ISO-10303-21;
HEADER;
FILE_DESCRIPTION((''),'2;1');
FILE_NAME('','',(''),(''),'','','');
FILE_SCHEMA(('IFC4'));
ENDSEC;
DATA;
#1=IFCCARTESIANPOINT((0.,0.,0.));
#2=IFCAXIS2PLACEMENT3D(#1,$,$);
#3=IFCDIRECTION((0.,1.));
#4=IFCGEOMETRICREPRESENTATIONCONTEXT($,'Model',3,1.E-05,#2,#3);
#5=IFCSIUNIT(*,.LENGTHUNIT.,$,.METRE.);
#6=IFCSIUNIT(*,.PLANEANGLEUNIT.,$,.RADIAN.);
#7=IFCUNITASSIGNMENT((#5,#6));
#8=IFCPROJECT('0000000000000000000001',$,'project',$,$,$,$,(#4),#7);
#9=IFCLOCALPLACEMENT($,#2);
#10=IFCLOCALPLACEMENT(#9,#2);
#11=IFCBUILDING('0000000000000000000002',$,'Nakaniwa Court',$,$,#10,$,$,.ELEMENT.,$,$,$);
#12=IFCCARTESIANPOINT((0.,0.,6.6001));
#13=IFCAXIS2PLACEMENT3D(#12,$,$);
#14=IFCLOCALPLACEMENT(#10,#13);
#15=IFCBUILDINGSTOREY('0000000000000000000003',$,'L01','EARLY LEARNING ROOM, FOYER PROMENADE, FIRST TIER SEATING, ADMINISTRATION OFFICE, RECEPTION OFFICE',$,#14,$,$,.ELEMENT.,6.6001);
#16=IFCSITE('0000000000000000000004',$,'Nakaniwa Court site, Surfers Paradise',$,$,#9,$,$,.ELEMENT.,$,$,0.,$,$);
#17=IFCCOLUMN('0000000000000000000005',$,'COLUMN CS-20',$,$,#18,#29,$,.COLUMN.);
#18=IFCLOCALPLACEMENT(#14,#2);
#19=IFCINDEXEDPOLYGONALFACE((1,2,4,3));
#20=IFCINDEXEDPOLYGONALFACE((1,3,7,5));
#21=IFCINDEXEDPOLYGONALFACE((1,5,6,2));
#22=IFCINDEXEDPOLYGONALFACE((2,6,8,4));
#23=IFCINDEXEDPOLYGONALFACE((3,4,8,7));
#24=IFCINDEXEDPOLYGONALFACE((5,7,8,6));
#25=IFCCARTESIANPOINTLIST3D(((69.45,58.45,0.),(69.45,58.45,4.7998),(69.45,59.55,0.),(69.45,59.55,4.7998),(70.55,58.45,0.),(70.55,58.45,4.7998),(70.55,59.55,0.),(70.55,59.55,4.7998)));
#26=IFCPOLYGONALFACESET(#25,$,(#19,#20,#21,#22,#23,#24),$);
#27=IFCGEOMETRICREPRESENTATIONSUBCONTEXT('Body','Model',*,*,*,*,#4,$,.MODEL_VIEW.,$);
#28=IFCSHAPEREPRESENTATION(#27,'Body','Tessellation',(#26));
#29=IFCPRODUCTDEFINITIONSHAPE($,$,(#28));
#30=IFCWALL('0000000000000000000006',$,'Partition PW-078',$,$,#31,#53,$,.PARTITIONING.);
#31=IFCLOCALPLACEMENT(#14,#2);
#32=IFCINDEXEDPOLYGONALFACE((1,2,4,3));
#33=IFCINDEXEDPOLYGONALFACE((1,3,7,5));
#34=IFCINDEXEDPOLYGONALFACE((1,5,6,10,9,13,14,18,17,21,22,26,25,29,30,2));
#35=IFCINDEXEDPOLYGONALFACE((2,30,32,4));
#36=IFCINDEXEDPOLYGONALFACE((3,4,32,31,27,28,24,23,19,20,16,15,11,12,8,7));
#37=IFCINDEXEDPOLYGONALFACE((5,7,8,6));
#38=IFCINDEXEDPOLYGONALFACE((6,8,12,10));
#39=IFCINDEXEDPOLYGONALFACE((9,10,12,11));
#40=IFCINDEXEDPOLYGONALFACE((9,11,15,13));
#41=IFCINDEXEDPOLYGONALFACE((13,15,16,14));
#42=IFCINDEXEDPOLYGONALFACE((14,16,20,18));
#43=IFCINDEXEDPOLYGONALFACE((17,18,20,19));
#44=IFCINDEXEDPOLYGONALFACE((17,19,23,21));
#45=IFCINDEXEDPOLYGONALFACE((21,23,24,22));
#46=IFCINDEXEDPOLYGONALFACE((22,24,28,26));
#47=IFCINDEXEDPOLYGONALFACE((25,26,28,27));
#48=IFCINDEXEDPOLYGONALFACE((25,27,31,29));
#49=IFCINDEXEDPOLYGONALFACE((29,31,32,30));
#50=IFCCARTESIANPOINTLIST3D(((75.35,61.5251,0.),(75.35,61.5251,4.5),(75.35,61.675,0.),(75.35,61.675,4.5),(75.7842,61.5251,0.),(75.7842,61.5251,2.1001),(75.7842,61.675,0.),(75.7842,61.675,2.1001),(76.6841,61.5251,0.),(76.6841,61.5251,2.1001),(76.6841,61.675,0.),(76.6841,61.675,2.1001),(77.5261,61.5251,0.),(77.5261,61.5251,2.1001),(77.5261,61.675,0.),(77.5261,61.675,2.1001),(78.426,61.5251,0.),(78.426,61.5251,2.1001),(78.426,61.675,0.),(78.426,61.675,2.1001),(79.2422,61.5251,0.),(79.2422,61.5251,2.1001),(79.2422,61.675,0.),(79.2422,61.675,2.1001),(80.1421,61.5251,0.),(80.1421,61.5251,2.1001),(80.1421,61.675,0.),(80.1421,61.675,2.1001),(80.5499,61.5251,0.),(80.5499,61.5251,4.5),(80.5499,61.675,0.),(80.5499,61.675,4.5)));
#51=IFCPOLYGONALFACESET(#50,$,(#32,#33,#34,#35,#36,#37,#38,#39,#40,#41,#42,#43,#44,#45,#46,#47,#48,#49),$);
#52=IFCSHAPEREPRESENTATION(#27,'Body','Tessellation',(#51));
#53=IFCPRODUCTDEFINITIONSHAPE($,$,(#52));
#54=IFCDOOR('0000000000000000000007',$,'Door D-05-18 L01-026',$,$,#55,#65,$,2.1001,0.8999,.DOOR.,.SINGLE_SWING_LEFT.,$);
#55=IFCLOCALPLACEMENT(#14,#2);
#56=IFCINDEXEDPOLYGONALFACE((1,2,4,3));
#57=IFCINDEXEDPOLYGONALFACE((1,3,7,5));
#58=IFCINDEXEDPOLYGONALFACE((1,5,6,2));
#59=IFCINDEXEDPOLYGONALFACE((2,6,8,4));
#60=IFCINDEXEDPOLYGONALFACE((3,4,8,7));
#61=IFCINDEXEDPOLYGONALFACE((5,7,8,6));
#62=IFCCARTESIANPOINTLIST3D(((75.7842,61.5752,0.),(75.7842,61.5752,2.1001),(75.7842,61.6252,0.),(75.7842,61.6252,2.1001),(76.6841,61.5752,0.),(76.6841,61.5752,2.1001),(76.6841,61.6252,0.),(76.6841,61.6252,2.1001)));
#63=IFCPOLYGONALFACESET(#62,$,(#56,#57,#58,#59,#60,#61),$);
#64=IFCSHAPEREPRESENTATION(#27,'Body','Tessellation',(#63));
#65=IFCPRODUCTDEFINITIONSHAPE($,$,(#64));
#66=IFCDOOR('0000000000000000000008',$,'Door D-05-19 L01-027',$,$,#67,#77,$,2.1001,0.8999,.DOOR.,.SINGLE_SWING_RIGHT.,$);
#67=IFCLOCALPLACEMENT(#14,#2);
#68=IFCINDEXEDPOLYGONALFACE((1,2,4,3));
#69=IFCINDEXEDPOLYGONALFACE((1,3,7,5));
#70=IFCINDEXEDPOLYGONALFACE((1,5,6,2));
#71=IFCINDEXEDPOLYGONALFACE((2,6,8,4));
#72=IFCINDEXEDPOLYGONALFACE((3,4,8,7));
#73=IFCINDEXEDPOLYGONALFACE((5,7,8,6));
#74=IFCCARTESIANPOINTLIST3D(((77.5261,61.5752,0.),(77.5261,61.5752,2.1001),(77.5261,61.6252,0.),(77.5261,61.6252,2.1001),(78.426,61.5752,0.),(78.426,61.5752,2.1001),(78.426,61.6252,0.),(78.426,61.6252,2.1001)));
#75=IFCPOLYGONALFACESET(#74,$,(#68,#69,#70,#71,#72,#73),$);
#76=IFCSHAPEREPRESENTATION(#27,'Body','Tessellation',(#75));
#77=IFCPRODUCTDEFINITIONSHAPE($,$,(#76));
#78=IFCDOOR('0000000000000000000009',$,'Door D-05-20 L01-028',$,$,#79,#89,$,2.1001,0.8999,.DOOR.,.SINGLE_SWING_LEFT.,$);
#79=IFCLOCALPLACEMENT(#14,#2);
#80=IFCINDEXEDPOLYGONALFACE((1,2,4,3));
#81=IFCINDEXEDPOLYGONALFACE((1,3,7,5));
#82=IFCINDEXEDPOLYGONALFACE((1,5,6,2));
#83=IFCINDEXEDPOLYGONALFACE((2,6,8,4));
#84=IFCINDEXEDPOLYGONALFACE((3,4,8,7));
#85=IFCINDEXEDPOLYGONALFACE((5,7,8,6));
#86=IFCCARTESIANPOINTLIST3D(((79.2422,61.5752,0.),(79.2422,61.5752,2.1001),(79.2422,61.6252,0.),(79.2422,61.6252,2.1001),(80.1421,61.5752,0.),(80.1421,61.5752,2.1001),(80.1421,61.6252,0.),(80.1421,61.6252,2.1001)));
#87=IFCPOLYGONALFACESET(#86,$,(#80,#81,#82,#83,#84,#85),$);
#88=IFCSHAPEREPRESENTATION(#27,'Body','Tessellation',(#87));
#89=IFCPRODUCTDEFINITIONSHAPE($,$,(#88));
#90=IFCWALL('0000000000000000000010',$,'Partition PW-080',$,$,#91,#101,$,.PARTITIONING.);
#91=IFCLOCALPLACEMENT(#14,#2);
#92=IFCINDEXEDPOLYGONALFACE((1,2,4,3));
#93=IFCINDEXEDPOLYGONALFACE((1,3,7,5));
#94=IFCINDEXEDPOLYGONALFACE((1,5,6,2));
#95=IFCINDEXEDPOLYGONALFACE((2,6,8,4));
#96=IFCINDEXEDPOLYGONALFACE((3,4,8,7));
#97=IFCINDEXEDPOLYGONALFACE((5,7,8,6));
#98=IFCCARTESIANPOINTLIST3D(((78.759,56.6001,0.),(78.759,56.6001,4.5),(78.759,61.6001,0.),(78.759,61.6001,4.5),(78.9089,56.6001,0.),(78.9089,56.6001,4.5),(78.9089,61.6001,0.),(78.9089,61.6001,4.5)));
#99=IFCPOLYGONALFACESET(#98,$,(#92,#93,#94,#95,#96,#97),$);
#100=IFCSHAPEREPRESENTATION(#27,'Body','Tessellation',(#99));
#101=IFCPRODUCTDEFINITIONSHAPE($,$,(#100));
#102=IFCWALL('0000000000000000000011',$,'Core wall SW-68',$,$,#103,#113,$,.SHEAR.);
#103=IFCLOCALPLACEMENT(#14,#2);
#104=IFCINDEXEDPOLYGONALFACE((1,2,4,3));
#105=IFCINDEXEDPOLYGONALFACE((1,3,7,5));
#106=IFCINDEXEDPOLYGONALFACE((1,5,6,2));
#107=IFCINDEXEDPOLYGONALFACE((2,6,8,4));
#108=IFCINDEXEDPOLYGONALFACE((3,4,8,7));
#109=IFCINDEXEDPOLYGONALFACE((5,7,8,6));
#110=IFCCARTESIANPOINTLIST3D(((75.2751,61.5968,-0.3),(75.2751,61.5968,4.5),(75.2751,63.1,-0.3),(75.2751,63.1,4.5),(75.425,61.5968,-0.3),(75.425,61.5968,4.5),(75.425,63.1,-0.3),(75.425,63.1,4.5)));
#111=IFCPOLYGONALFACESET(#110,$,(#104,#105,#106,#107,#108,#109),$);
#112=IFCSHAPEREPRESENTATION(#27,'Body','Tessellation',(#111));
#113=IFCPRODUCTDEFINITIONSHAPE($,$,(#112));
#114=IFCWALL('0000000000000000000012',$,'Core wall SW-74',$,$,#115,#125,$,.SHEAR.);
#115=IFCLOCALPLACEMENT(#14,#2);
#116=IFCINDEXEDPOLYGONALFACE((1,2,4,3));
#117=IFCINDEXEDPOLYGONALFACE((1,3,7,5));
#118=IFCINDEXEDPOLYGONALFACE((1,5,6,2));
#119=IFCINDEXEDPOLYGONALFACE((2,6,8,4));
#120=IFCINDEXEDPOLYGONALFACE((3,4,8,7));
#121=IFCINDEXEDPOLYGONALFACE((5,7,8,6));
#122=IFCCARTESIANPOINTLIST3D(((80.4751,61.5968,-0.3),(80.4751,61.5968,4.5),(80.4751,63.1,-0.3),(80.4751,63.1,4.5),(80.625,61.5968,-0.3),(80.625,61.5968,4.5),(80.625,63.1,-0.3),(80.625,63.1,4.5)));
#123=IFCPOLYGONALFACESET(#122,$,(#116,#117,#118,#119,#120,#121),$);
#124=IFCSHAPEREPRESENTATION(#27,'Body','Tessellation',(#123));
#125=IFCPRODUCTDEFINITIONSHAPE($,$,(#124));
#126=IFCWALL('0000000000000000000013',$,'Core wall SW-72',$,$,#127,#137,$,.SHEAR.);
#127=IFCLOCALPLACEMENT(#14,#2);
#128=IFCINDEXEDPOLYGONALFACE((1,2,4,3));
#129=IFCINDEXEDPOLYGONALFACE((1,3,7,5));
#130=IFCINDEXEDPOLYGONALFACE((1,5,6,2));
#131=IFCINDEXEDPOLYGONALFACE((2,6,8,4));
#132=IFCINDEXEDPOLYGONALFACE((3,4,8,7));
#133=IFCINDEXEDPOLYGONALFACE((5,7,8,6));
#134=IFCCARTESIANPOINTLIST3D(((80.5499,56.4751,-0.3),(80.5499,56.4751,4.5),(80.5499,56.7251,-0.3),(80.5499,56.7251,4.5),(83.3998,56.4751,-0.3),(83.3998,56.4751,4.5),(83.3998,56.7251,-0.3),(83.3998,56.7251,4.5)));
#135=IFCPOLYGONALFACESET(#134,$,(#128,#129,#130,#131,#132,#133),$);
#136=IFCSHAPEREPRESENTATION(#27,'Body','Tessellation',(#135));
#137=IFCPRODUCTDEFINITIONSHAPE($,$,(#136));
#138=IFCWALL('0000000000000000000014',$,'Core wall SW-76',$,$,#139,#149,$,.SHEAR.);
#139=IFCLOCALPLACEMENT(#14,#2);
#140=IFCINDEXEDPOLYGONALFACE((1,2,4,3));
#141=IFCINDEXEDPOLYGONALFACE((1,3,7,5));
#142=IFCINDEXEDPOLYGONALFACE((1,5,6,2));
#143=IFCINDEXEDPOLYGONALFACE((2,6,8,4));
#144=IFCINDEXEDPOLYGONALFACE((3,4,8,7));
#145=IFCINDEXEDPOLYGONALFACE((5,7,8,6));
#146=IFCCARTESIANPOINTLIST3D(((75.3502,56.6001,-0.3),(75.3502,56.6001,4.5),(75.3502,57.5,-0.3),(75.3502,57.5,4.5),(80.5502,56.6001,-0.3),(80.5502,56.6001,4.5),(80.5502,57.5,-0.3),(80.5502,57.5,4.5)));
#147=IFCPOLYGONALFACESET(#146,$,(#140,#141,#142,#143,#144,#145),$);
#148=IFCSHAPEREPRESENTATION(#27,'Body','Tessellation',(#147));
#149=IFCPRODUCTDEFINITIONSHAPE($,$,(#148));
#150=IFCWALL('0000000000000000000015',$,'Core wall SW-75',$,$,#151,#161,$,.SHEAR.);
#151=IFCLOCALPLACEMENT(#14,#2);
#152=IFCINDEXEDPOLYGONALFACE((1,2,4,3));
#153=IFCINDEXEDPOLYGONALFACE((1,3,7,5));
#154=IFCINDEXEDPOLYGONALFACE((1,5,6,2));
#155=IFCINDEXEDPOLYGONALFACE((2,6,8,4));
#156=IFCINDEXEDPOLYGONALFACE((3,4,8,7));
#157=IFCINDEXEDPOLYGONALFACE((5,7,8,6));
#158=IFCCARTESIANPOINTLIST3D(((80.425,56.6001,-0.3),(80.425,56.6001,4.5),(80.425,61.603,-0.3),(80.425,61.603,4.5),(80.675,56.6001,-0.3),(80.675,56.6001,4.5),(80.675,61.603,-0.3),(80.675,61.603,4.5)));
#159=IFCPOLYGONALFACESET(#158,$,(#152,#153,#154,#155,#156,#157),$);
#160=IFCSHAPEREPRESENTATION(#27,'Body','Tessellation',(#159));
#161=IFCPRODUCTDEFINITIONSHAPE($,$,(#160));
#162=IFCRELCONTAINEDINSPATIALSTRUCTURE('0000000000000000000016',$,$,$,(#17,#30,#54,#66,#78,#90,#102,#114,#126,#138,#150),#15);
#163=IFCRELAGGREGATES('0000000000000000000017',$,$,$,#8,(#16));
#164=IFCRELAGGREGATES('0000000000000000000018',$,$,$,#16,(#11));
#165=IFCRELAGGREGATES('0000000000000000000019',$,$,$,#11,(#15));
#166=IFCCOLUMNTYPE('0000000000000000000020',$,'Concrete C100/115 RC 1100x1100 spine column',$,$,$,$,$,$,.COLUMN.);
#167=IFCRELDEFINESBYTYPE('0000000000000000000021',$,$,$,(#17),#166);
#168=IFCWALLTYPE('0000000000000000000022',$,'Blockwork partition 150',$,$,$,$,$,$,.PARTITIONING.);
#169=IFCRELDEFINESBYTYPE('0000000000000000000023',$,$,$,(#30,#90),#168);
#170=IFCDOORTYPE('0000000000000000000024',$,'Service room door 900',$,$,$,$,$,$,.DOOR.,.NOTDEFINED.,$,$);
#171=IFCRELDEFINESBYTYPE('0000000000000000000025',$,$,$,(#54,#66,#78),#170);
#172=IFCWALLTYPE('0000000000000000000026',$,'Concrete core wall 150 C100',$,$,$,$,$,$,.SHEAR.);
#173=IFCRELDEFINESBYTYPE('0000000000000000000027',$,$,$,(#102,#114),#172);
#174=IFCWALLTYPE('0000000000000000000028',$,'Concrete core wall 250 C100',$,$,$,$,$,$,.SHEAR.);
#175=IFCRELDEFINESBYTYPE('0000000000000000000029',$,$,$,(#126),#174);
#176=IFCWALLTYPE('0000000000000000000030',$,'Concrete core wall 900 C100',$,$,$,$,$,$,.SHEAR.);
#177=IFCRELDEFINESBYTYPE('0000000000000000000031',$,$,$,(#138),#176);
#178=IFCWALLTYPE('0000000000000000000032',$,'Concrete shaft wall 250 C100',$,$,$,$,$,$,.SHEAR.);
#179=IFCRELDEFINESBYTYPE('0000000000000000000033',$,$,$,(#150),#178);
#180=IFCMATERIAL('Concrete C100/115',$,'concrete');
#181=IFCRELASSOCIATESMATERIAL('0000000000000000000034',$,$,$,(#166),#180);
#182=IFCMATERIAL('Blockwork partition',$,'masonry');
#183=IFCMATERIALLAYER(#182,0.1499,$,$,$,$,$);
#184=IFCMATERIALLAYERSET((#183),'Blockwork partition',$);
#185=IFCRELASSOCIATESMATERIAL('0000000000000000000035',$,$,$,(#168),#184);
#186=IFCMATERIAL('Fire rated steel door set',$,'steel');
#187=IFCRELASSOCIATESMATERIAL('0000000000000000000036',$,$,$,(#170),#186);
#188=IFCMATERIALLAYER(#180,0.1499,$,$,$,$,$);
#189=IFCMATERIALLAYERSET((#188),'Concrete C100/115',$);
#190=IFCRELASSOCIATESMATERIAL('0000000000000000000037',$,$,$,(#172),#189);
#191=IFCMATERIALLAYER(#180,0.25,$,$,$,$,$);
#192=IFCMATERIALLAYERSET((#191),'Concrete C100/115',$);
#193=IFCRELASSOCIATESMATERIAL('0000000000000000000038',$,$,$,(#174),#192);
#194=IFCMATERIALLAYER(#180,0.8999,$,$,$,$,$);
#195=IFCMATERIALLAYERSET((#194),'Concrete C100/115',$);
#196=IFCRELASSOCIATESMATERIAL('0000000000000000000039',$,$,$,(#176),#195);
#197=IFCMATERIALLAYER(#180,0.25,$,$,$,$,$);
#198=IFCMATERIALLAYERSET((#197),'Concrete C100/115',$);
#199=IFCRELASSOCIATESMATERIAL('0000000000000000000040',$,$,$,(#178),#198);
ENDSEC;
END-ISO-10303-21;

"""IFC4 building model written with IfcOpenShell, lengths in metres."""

from ifc_helpers import new_model, si_unit, direction, frame, frame_2d, origin, origin_2d, place, context, subcontext, project, spatial, rectangle, extrude, material, layer, layer_set, material_profile, profile_set, type_object, element, fill, save


model = new_model("IFC4")

# Units and contexts
model_context = context("Model", 3, precision=1e-05, world=origin(), true_north=direction((0.0, 1.0)))
body_context = subcontext(model_context, "Body", "Model", "MODEL_VIEW")
ifc_project = project(units=[si_unit("LENGTHUNIT", "METRE"), si_unit("PLANEANGLEUNIT", "RADIAN")], contexts=[model_context])

# Site, building, storey
site_placement = place(None, origin())
site = spatial("IfcSite", under=ifc_project, at=site_placement, Name="Nakaniwa Court site, Surfers Paradise", CompositionType="ELEMENT", RefElevation=0.0)
building_placement = place(site_placement, origin())
building = spatial("IfcBuilding", under=site, at=building_placement, Name="Nakaniwa Court", CompositionType="ELEMENT")
storey_placement = place(building_placement, frame((0.0, 0.0, 6.6001)))
storey = spatial("IfcBuildingStorey", under=building, at=storey_placement, Name="L01", Description="EARLY LEARNING ROOM, FOYER PROMENADE, FIRST TIER SEATING, ADMINISTRATION OFFICE, RECEPTION OFFICE", CompositionType="ELEMENT", Elevation=6.6001)

# Column
ifc_material_1 = material(Name="Concrete C100/115", Category="concrete")
ifc_material_profile = material_profile(ifc_material_1, rectangle(XDim=1.1001, YDim=1.1001, at=origin_2d()), Name="Concrete C100/115 RC 1100x1100 spine column")
ifc_profile_set = profile_set([ifc_material_profile], Name="Concrete C100/115")
column_type = type_object("IfcColumnType", Name="Concrete C100/115 RC 1100x1100 spine column", PredefinedType="COLUMN", material=ifc_profile_set)
column_placement = place(storey_placement, frame((70.0, 59.0, 0.0), z_axis=(0.0, 0.0, 1.0), x_axis=(0.0, -1.0, 0.0)))
element("IfcColumn", 1, at=column_placement, inside=storey, type_object=column_type, Name="COLUMN CS-20", PredefinedType="COLUMN", context=body_context, shape_type="SweptSolid", body=[
    extrude(rectangle(XDim=1.1001, YDim=1.1001, at=origin_2d()), origin(), (0.0, 0.0, 1.0), 4.7998),
])

# Wall, openings, doors
ifc_material_2 = material(Name="Blockwork partition", Category="masonry")
ifc_layer_1 = layer(ifc_material_2, 0.1499)
ifc_layer_set_1 = layer_set([ifc_layer_1], Name="Blockwork partition")
wall_type_1 = type_object("IfcWallType", Name="Blockwork partition 150", PredefinedType="PARTITIONING", material=ifc_layer_set_1)
wall_1_placement = place(storey_placement, frame((80.55, 61.6001, 0.0), z_axis=(0.0, 0.0, 1.0), x_axis=(-1.0, 0.0, 0.0)))
wall_1 = element("IfcWall", 2, at=wall_1_placement, inside=storey, type_object=wall_type_1, Name="Partition PW-078", PredefinedType="PARTITIONING", context=body_context, shape_type="SweptSolid", body=[
    extrude(rectangle(XDim=5.2, YDim=0.1499, at=frame_2d((2.6001, 0.0))), origin(), (0.0, 0.0, 1.0), 4.5),
])
opening_1_placement = place(wall_1_placement, frame((3.866, 0.0, 0.0)))
opening_1 = element("IfcOpeningElement", 3, at=opening_1_placement, cuts=wall_1, PredefinedType="OPENING", context=body_context, shape_type="SweptSolid", body=[
    extrude(rectangle(XDim=0.8999, YDim=2.1001, at=frame_2d((0.45, 1.05))), frame((0.0, 0.085, 0.0), z_axis=(0.0, -1.0, 0.0), x_axis=(1.0, 0.0, 0.0)), (0.0, 0.0, 1.0), 0.1699),
])
opening_2_placement = place(wall_1_placement, frame((2.124, 0.0, 0.0)))
opening_2 = element("IfcOpeningElement", 4, at=opening_2_placement, cuts=wall_1, PredefinedType="OPENING", context=body_context, shape_type="SweptSolid", body=[
    extrude(rectangle(XDim=0.8999, YDim=2.1001, at=frame_2d((0.45, 1.05))), frame((0.0, 0.085, 0.0), z_axis=(0.0, -1.0, 0.0), x_axis=(1.0, 0.0, 0.0)), (0.0, 0.0, 1.0), 0.1699),
])
opening_3_placement = place(wall_1_placement, frame((0.408, 0.0, 0.0)))
opening_3 = element("IfcOpeningElement", 5, at=opening_3_placement, cuts=wall_1, PredefinedType="OPENING", context=body_context, shape_type="SweptSolid", body=[
    extrude(rectangle(XDim=0.8999, YDim=2.1001, at=frame_2d((0.45, 1.05))), frame((0.0, 0.085, 0.0), z_axis=(0.0, -1.0, 0.0), x_axis=(1.0, 0.0, 0.0)), (0.0, 0.0, 1.0), 0.1699),
])
ifc_material_3 = material(Name="Fire rated steel door set", Category="steel")
door_type = type_object("IfcDoorType", Name="Service room door 900", OperationType="NOTDEFINED", PredefinedType="DOOR", material=ifc_material_3)
door_1_placement = place(opening_1_placement, origin())
door_1 = element("IfcDoor", 6, at=door_1_placement, inside=storey, type_object=door_type, Name="Door D-05-18 L01-026", OperationType="SINGLE_SWING_LEFT", OverallHeight=2.1001, OverallWidth=0.8999, PredefinedType="DOOR", context=body_context, shape_type="SweptSolid", body=[
    extrude(rectangle(XDim=0.8999, YDim=2.1001, at=frame_2d((0.45, 1.05))), frame((0.0, 0.0249, 0.0), z_axis=(0.0, -1.0, 0.0), x_axis=(1.0, 0.0, 0.0)), (0.0, 0.0, 1.0), 0.05),
])
fill(opening_1, door_1)
door_2_placement = place(opening_2_placement, origin())
door_2 = element("IfcDoor", 7, at=door_2_placement, inside=storey, type_object=door_type, Name="Door D-05-19 L01-027", OperationType="SINGLE_SWING_RIGHT", OverallHeight=2.1001, OverallWidth=0.8999, PredefinedType="DOOR", context=body_context, shape_type="SweptSolid", body=[
    extrude(rectangle(XDim=0.8999, YDim=2.1001, at=frame_2d((0.45, 1.05))), frame((0.0, 0.0249, 0.0), z_axis=(0.0, -1.0, 0.0), x_axis=(1.0, 0.0, 0.0)), (0.0, 0.0, 1.0), 0.05),
])
fill(opening_2, door_2)
door_3_placement = place(opening_3_placement, origin())
door_3 = element("IfcDoor", 8, at=door_3_placement, inside=storey, type_object=door_type, Name="Door D-05-20 L01-028", OperationType="SINGLE_SWING_LEFT", OverallHeight=2.1001, OverallWidth=0.8999, PredefinedType="DOOR", context=body_context, shape_type="SweptSolid", body=[
    extrude(rectangle(XDim=0.8999, YDim=2.1001, at=frame_2d((0.45, 1.05))), frame((0.0, 0.0249, 0.0), z_axis=(0.0, -1.0, 0.0), x_axis=(1.0, 0.0, 0.0)), (0.0, 0.0, 1.0), 0.05),
])
fill(opening_3, door_3)

# Walls
wall_2_placement = place(storey_placement, frame((78.834, 56.6001, 0.0), z_axis=(0.0, 0.0, 1.0), x_axis=(0.0, 1.0, 0.0)))
element("IfcWall", 9, at=wall_2_placement, inside=storey, type_object=wall_type_1, Name="Partition PW-080", PredefinedType="PARTITIONING", context=body_context, shape_type="SweptSolid", body=[
    extrude(rectangle(XDim=5.0, YDim=0.1499, at=frame_2d((2.5, 0.0))), origin(), (0.0, 0.0, 1.0), 4.5),
])
ifc_layer_2 = layer(ifc_material_1, 0.1499)
ifc_layer_set_2 = layer_set([ifc_layer_2], Name="Concrete C100/115")
wall_type_2 = type_object("IfcWallType", Name="Concrete core wall 150 C100", PredefinedType="SHEAR", material=ifc_layer_set_2)
for number, where, z_axis, x_axis, name in (
    (10, (75.3501, 61.5969, -0.3), (0.0, 0.0, 1.0), (0.0, 1.0, 0.0), "Core wall SW-68"),
    (11, (80.55, 61.5969, -0.3), (0.0, 0.0, 1.0), (0.0, 1.0, 0.0), "Core wall SW-74"),
):
    element("IfcWall", number, at=place(storey_placement, frame(where, z_axis=z_axis, x_axis=x_axis)), inside=storey, type_object=wall_type_2, Name=name, PredefinedType="SHEAR", context=body_context, shape_type="SweptSolid", body=[
        extrude(rectangle(XDim=1.5032, YDim=0.1499, at=frame_2d((0.7515, 0.0))), origin(), (0.0, 0.0, 1.0), 4.8),
    ])
ifc_layer_3 = layer(ifc_material_1, 0.25)
ifc_layer_set_3 = layer_set([ifc_layer_3], Name="Concrete C100/115")
wall_type_3 = type_object("IfcWallType", Name="Concrete core wall 250 C100", PredefinedType="SHEAR", material=ifc_layer_set_3)
wall_3_placement = place(storey_placement, frame((80.55, 56.6001, -0.3), z_axis=(0.0, 0.0, 1.0), x_axis=(1.0, 0.0, 0.0)))
element("IfcWall", 12, at=wall_3_placement, inside=storey, type_object=wall_type_3, Name="Core wall SW-72", PredefinedType="SHEAR", context=body_context, shape_type="SweptSolid", body=[
    extrude(rectangle(XDim=2.8499, YDim=0.25, at=frame_2d((1.4248, 0.0))), origin(), (0.0, 0.0, 1.0), 4.8),
])
ifc_layer_4 = layer(ifc_material_1, 0.8999)
ifc_layer_set_4 = layer_set([ifc_layer_4], Name="Concrete C100/115")
wall_type_4 = type_object("IfcWallType", Name="Concrete core wall 900 C100", PredefinedType="SHEAR", material=ifc_layer_set_4)
wall_4_placement = place(storey_placement, frame((75.3501, 57.05, -0.3), z_axis=(0.0, 0.0, 1.0), x_axis=(1.0, 0.0, 0.0)))
element("IfcWall", 13, at=wall_4_placement, inside=storey, type_object=wall_type_4, Name="Core wall SW-76", PredefinedType="SHEAR", context=body_context, shape_type="SweptSolid", body=[
    extrude(rectangle(XDim=5.2, YDim=0.8999, at=frame_2d((2.6001, 0.0))), origin(), (0.0, 0.0, 1.0), 4.8),
])
ifc_layer_5 = layer(ifc_material_1, 0.25)
ifc_layer_set_5 = layer_set([ifc_layer_5], Name="Concrete C100/115")
wall_type_5 = type_object("IfcWallType", Name="Concrete shaft wall 250 C100", PredefinedType="SHEAR", material=ifc_layer_set_5)
wall_5_placement = place(storey_placement, frame((80.55, 56.6001, -0.3), z_axis=(0.0, 0.0, 1.0), x_axis=(0.0, 1.0, 0.0)))
element("IfcWall", 14, at=wall_5_placement, inside=storey, type_object=wall_type_5, Name="Core wall SW-75", PredefinedType="SHEAR", context=body_context, shape_type="SweptSolid", body=[
    extrude(rectangle(XDim=5.0029, YDim=0.25, at=frame_2d((2.5015, 0.0))), origin(), (0.0, 0.0, 1.0), 4.8),
])

save(model, "model.ifc")
